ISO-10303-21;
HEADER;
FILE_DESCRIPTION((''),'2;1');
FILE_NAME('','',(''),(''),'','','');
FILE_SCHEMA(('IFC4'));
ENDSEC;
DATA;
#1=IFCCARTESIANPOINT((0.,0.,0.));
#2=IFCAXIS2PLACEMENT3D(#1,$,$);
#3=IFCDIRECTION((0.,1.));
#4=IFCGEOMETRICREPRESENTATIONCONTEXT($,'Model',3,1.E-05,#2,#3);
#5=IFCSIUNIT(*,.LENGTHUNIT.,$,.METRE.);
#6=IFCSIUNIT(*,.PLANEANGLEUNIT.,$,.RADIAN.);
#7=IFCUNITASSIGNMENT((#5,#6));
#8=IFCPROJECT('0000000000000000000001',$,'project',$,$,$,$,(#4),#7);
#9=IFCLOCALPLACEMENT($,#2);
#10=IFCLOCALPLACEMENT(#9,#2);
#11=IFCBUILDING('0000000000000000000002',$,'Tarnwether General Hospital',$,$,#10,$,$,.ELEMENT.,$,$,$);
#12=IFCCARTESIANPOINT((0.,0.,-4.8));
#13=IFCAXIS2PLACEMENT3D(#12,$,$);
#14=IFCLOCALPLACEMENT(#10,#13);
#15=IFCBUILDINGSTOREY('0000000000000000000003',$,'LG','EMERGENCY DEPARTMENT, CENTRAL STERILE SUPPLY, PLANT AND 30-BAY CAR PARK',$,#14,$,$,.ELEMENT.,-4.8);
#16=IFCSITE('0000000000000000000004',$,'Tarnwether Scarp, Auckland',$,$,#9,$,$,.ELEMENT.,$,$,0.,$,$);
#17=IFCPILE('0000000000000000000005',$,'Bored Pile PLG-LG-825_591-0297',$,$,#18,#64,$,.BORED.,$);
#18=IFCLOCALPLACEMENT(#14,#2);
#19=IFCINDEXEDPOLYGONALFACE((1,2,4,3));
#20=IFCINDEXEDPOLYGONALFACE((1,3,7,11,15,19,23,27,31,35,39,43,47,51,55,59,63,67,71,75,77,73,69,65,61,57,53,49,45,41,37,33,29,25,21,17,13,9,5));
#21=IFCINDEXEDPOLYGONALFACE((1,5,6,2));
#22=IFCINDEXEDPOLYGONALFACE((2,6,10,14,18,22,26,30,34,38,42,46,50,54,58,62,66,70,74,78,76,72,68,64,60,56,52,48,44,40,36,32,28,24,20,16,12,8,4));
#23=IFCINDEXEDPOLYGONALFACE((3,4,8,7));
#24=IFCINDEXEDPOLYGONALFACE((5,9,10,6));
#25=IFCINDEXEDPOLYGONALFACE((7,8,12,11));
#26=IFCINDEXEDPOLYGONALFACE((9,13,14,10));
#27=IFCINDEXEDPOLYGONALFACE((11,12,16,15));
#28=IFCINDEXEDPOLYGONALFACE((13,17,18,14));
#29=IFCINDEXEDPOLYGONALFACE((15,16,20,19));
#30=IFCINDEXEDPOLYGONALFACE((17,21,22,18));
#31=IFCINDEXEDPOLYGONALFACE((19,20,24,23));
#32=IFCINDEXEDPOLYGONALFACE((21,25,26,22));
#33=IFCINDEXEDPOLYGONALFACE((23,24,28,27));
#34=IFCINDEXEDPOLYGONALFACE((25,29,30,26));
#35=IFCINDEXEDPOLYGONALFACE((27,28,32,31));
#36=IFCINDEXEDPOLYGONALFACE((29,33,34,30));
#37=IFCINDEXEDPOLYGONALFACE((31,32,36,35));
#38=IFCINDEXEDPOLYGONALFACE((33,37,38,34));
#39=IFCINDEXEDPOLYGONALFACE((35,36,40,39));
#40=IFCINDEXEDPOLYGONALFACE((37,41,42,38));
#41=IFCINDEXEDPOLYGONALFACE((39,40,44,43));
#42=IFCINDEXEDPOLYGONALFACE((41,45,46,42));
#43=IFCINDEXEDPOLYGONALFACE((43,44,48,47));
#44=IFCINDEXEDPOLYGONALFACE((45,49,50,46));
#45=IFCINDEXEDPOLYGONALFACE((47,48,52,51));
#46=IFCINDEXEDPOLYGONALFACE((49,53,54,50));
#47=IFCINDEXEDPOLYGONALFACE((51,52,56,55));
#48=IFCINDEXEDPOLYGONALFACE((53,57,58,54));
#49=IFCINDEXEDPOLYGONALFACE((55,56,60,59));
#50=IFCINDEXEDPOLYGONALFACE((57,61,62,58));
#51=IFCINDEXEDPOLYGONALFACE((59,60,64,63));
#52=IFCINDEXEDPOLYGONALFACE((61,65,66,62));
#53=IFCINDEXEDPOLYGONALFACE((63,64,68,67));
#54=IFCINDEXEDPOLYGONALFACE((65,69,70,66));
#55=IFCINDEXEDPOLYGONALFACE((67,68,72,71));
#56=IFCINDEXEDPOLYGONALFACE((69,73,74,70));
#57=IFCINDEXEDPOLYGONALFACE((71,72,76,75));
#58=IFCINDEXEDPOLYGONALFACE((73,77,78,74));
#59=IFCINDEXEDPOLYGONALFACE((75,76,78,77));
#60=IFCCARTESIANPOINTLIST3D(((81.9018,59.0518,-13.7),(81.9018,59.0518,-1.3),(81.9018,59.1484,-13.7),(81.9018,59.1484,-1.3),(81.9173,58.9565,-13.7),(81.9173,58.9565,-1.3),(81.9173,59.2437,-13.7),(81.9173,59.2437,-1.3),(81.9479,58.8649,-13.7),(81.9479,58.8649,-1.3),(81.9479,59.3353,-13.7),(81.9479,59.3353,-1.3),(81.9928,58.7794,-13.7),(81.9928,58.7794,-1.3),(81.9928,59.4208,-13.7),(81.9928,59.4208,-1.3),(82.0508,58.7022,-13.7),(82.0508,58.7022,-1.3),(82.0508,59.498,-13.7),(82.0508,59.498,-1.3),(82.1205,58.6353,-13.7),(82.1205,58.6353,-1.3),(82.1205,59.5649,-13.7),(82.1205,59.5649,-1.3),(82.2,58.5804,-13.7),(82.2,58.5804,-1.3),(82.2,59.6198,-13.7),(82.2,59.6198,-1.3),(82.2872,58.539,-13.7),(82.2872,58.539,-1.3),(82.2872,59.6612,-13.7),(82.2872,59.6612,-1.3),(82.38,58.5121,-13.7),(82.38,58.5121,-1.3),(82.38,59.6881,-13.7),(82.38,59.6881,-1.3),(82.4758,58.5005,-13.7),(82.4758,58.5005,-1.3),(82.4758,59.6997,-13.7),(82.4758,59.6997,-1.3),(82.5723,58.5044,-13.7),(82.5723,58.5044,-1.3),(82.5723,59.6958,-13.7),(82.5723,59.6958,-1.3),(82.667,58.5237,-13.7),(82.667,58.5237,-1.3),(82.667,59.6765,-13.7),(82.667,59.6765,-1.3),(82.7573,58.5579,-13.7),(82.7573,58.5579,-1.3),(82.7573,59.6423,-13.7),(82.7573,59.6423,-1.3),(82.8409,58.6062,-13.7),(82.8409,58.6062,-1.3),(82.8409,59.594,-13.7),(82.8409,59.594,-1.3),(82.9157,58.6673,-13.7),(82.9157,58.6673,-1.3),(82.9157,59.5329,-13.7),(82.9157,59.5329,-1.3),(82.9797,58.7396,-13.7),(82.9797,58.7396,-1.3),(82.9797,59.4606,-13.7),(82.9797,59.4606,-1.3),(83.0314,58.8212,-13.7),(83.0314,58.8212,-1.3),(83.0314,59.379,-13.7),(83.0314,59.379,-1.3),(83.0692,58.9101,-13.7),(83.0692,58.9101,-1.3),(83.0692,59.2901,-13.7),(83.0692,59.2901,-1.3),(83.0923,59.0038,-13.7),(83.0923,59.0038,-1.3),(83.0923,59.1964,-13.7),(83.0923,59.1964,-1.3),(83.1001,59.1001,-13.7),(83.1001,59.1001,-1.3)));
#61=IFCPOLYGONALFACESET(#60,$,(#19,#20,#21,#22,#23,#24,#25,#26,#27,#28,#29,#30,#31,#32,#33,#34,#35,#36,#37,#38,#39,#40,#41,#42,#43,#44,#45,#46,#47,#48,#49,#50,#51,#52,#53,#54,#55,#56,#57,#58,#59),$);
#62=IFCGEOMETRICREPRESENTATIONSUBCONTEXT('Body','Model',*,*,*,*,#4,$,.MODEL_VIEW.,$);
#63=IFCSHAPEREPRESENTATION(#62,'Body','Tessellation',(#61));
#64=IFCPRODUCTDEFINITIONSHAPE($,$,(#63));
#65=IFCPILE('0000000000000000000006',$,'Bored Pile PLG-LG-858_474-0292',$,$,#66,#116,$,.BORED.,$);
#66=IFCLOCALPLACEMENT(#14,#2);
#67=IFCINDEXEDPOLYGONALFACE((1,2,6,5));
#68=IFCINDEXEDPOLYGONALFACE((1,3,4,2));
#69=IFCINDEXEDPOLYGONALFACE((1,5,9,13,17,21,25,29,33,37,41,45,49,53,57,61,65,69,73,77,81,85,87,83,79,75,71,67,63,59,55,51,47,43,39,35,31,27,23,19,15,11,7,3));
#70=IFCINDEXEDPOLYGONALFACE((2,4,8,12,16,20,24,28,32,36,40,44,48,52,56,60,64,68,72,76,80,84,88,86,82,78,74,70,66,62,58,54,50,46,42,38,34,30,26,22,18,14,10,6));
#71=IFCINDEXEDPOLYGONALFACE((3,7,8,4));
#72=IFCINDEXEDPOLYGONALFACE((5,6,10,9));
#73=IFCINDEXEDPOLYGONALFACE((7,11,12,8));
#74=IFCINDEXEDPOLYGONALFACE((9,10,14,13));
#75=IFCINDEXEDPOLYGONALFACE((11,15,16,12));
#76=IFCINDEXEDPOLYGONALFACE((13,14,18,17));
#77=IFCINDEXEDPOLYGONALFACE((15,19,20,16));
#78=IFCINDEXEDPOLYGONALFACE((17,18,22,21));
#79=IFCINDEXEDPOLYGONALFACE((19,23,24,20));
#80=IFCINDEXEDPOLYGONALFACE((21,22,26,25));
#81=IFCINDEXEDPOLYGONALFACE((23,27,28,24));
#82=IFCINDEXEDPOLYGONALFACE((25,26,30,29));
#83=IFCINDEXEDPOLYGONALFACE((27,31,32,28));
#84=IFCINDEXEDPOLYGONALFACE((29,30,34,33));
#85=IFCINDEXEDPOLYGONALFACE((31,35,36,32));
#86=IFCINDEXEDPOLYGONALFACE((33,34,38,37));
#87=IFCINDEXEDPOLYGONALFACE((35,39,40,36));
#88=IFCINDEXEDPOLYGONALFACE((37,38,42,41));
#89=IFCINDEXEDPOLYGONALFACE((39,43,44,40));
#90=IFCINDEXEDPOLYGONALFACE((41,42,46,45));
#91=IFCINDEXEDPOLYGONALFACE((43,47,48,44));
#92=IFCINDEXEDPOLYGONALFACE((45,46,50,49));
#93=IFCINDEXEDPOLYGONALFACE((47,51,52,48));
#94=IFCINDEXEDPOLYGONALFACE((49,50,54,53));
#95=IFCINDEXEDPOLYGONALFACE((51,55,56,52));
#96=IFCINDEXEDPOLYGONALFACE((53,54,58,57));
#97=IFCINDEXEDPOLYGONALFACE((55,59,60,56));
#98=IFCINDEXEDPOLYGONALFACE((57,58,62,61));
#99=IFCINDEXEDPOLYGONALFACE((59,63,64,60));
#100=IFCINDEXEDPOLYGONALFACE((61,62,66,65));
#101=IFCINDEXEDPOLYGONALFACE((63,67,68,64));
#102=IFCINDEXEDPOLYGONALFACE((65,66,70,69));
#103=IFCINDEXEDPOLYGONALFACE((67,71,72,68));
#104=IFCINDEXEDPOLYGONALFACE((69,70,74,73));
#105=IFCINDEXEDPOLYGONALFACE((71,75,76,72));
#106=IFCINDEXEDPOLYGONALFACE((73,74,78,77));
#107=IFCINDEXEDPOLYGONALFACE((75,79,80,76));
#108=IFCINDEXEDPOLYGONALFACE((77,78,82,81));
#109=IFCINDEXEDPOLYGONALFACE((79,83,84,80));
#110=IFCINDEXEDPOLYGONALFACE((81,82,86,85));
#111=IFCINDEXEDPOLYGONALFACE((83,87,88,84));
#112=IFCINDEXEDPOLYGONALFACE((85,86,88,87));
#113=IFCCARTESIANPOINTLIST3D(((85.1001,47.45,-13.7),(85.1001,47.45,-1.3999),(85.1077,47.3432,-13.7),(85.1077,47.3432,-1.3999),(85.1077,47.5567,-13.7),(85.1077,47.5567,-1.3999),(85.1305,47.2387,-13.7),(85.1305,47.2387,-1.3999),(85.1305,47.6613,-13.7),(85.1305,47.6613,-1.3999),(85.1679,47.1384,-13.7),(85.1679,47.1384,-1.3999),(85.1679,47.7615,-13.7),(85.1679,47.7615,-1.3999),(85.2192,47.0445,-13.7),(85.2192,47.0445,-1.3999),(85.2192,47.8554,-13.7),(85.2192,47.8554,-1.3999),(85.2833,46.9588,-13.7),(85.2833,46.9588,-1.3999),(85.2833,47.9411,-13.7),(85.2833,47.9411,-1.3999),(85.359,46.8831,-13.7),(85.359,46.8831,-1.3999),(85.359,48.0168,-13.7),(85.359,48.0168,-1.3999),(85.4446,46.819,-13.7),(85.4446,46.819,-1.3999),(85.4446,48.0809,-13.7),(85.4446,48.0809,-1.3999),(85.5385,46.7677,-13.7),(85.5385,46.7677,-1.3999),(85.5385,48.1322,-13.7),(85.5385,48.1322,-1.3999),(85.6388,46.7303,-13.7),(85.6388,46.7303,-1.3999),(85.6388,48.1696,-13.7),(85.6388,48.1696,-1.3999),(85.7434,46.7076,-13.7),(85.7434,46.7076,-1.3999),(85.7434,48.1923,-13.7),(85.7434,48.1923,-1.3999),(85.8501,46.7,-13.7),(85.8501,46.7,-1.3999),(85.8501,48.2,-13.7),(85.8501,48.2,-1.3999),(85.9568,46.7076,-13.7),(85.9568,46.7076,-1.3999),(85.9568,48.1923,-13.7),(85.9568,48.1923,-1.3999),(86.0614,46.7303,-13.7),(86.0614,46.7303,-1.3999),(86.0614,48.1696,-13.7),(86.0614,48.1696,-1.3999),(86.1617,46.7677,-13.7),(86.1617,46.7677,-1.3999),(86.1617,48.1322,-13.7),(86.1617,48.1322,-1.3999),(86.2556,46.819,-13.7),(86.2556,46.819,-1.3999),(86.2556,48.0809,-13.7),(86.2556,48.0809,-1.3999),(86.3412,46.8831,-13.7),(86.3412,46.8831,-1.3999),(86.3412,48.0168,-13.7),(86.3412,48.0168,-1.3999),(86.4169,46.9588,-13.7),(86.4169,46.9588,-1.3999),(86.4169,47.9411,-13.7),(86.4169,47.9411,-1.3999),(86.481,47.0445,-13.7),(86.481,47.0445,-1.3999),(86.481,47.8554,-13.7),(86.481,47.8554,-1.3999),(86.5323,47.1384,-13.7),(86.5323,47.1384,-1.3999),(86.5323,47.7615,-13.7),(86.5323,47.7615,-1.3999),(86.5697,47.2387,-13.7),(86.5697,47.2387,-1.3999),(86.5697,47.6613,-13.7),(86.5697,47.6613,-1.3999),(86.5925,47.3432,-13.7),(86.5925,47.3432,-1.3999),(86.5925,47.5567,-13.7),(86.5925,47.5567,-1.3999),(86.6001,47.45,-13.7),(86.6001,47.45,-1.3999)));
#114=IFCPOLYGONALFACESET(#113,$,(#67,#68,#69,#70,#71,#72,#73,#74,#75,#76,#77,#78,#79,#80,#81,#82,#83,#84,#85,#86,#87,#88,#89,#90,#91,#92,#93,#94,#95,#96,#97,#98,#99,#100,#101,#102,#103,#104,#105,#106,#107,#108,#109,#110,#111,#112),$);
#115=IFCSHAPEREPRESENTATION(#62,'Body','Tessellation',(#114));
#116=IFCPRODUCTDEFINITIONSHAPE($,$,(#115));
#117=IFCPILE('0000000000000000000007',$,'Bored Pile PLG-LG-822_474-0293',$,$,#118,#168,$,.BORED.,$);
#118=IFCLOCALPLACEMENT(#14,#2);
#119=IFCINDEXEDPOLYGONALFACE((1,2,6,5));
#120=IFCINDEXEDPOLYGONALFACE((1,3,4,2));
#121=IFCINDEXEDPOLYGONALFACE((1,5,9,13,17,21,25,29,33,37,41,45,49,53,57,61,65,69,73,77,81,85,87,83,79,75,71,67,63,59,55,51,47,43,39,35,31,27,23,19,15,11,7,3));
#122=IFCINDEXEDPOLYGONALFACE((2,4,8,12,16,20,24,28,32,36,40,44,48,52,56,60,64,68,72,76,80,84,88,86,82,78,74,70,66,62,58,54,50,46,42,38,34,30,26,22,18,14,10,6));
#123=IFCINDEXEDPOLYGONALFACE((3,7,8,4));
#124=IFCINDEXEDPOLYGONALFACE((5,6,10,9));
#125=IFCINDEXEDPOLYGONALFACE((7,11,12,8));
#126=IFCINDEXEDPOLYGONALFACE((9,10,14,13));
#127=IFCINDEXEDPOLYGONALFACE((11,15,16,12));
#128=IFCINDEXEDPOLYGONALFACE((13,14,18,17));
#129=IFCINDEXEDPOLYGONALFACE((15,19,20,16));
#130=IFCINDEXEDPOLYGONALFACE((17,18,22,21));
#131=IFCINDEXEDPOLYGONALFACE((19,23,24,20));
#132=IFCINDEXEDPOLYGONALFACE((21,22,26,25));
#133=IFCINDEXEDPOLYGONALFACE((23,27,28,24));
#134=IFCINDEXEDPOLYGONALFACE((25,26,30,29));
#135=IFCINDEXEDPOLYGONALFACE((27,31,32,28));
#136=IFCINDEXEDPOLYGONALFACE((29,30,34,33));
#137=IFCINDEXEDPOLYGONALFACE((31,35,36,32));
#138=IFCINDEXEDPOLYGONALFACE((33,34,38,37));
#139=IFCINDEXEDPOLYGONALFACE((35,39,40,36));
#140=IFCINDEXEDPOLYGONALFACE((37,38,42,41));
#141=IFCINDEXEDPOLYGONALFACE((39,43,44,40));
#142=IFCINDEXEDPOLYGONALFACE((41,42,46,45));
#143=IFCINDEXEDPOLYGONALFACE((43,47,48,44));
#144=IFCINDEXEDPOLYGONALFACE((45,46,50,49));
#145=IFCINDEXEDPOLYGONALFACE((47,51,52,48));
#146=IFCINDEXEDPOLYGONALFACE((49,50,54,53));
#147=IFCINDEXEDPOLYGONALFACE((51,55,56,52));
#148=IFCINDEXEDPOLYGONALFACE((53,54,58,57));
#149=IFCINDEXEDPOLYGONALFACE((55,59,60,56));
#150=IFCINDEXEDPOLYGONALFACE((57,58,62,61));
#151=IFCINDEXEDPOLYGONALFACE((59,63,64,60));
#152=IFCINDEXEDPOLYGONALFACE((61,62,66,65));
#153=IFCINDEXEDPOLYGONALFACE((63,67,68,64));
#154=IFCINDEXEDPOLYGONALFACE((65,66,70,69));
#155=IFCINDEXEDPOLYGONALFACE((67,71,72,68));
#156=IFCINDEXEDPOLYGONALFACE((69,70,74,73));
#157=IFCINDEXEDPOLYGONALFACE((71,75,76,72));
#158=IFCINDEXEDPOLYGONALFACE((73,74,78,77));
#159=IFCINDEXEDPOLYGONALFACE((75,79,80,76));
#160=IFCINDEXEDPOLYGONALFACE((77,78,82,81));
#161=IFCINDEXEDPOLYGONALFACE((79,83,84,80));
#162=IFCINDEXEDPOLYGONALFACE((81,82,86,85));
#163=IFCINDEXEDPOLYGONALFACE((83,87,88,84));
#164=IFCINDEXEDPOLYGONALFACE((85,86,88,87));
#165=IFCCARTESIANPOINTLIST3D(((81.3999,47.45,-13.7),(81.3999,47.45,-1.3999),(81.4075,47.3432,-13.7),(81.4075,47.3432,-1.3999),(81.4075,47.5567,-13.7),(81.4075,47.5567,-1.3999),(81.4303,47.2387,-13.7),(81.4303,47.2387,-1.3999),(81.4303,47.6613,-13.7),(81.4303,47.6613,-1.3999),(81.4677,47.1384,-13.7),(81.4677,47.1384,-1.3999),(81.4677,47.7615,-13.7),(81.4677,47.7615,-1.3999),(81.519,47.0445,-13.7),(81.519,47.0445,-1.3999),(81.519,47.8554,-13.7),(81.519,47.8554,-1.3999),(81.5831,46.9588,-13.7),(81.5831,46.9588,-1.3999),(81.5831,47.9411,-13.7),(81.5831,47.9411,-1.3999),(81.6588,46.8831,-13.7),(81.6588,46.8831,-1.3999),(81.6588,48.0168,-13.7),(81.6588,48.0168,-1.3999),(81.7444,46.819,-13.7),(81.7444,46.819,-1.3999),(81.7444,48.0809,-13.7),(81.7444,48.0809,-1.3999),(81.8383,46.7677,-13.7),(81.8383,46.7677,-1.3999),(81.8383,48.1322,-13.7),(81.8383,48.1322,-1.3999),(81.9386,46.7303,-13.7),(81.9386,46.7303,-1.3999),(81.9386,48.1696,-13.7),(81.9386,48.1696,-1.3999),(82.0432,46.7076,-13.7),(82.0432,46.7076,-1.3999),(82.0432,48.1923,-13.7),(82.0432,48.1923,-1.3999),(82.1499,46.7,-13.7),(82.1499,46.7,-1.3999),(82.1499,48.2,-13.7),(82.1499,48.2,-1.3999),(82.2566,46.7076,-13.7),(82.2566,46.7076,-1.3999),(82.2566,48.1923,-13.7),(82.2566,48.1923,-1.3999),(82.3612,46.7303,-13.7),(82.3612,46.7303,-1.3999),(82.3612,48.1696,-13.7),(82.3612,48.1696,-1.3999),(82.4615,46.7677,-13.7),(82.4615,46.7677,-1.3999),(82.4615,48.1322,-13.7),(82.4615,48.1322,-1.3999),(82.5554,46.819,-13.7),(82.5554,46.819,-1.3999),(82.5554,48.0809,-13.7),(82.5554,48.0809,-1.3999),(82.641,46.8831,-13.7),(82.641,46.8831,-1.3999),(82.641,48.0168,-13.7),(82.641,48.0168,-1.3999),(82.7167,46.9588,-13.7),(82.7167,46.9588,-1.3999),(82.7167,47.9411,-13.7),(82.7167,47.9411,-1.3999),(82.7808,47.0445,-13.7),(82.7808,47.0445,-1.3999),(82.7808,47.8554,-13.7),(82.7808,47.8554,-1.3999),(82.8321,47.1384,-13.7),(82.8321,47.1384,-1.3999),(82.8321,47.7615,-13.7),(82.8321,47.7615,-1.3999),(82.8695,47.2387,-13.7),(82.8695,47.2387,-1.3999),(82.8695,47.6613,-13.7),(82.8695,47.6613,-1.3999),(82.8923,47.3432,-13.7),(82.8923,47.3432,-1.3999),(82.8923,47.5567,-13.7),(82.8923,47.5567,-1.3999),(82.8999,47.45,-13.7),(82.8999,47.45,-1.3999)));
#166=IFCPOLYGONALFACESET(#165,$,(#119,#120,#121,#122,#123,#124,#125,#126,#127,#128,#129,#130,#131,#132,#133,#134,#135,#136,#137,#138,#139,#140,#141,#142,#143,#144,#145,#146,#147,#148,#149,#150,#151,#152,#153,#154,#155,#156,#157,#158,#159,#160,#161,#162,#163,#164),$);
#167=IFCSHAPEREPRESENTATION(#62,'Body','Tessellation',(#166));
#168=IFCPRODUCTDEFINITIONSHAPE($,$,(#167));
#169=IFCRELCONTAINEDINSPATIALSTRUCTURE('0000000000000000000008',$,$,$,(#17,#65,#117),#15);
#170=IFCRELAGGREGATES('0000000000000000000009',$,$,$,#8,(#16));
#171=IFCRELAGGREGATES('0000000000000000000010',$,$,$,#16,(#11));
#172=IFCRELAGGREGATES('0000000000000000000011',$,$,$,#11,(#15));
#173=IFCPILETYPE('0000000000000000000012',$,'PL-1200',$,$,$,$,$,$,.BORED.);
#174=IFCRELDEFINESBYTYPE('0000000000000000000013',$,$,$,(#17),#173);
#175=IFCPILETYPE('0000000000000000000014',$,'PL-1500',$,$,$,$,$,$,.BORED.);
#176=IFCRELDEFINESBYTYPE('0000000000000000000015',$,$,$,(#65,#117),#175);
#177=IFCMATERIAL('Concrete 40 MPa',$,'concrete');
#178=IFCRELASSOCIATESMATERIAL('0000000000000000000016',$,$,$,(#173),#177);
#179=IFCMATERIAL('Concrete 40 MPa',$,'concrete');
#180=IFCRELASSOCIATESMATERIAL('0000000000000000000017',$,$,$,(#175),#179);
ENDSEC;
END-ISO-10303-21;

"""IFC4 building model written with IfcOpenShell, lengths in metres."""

from ifc_helpers import new_model, si_unit, direction, frame, origin, origin_2d, place, context, subcontext, project, spatial, circle, extrude, material, material_profile, profile_set, type_object, element, save


model = new_model("IFC4")

# Units and contexts
model_context = context("Model", 3, precision=1e-05, world=origin(), true_north=direction((0.0, 1.0)))
body_context = subcontext(model_context, "Body", "Model", "MODEL_VIEW")
ifc_project = project(units=[si_unit("LENGTHUNIT", "METRE"), si_unit("PLANEANGLEUNIT", "RADIAN")], contexts=[model_context])

# Site, building, storey
site_placement = place(None, origin())
site = spatial("IfcSite", under=ifc_project, at=site_placement, Name="Tarnwether Scarp, Auckland", CompositionType="ELEMENT", RefElevation=0.0)
building_placement = place(site_placement, origin())
building = spatial("IfcBuilding", under=site, at=building_placement, Name="Tarnwether General Hospital", CompositionType="ELEMENT")
storey_placement = place(building_placement, frame((0.0, 0.0, -4.8)))
storey = spatial("IfcBuildingStorey", under=building, at=storey_placement, Name="LG", Description="EMERGENCY DEPARTMENT, CENTRAL STERILE SUPPLY, PLANT AND 30-BAY CAR PARK", CompositionType="ELEMENT", Elevation=-4.8)

# Piles
ifc_material_1 = material(Name="Concrete 40 MPa", Category="concrete")
ifc_material_profile_1 = material_profile(ifc_material_1, circle(Radius=0.6001, at=origin_2d()), Name="PILE-D1200")
ifc_profile_set_1 = profile_set([ifc_material_profile_1], Name="Concrete 40 MPa")
pile_type_1 = type_object("IfcPileType", Name="PL-1200", PredefinedType="BORED", material=ifc_profile_set_1)
for number, where, z_axis, x_axis, name in (
    (1, (82.5, 59.1001, -1.3), (0.0, 0.0, -1.0), (1.0, 0.0, 0.0), "Bored Pile PLG-LG-825_591-0297"),
):
    element("IfcPile", number, at=place(storey_placement, frame(where, z_axis=z_axis, x_axis=x_axis)), inside=storey, type_object=pile_type_1, Name=name, PredefinedType="BORED", context=body_context, shape_type="SweptSolid", body=[
        extrude(circle(Radius=0.6001, at=origin_2d()), origin(), (0.0, 0.0, 1.0), 12.3999),
    ])
ifc_material_2 = material(Name="Concrete 40 MPa", Category="concrete")
ifc_material_profile_2 = material_profile(ifc_material_2, circle(Radius=0.75, at=origin_2d()), Name="PILE-D1500")
ifc_profile_set_2 = profile_set([ifc_material_profile_2], Name="Concrete 40 MPa")
pile_type_2 = type_object("IfcPileType", Name="PL-1500", PredefinedType="BORED", material=ifc_profile_set_2)
for number, where, z_axis, x_axis, name in (
    (2, (85.8501, 47.45, -1.3999), (0.0, 0.0, -1.0), (1.0, 0.0, 0.0), "Bored Pile PLG-LG-858_474-0292"),
    (3, (82.1499, 47.45, -1.3999), (0.0, 0.0, -1.0), (1.0, 0.0, 0.0), "Bored Pile PLG-LG-822_474-0293"),
):
    element("IfcPile", number, at=place(storey_placement, frame(where, z_axis=z_axis, x_axis=x_axis)), inside=storey, type_object=pile_type_2, Name=name, PredefinedType="BORED", context=body_context, shape_type="SweptSolid", body=[
        extrude(circle(Radius=0.75, at=origin_2d()), origin(), (0.0, 0.0, 1.0), 12.3),
    ])

save(model, "model.ifc")
